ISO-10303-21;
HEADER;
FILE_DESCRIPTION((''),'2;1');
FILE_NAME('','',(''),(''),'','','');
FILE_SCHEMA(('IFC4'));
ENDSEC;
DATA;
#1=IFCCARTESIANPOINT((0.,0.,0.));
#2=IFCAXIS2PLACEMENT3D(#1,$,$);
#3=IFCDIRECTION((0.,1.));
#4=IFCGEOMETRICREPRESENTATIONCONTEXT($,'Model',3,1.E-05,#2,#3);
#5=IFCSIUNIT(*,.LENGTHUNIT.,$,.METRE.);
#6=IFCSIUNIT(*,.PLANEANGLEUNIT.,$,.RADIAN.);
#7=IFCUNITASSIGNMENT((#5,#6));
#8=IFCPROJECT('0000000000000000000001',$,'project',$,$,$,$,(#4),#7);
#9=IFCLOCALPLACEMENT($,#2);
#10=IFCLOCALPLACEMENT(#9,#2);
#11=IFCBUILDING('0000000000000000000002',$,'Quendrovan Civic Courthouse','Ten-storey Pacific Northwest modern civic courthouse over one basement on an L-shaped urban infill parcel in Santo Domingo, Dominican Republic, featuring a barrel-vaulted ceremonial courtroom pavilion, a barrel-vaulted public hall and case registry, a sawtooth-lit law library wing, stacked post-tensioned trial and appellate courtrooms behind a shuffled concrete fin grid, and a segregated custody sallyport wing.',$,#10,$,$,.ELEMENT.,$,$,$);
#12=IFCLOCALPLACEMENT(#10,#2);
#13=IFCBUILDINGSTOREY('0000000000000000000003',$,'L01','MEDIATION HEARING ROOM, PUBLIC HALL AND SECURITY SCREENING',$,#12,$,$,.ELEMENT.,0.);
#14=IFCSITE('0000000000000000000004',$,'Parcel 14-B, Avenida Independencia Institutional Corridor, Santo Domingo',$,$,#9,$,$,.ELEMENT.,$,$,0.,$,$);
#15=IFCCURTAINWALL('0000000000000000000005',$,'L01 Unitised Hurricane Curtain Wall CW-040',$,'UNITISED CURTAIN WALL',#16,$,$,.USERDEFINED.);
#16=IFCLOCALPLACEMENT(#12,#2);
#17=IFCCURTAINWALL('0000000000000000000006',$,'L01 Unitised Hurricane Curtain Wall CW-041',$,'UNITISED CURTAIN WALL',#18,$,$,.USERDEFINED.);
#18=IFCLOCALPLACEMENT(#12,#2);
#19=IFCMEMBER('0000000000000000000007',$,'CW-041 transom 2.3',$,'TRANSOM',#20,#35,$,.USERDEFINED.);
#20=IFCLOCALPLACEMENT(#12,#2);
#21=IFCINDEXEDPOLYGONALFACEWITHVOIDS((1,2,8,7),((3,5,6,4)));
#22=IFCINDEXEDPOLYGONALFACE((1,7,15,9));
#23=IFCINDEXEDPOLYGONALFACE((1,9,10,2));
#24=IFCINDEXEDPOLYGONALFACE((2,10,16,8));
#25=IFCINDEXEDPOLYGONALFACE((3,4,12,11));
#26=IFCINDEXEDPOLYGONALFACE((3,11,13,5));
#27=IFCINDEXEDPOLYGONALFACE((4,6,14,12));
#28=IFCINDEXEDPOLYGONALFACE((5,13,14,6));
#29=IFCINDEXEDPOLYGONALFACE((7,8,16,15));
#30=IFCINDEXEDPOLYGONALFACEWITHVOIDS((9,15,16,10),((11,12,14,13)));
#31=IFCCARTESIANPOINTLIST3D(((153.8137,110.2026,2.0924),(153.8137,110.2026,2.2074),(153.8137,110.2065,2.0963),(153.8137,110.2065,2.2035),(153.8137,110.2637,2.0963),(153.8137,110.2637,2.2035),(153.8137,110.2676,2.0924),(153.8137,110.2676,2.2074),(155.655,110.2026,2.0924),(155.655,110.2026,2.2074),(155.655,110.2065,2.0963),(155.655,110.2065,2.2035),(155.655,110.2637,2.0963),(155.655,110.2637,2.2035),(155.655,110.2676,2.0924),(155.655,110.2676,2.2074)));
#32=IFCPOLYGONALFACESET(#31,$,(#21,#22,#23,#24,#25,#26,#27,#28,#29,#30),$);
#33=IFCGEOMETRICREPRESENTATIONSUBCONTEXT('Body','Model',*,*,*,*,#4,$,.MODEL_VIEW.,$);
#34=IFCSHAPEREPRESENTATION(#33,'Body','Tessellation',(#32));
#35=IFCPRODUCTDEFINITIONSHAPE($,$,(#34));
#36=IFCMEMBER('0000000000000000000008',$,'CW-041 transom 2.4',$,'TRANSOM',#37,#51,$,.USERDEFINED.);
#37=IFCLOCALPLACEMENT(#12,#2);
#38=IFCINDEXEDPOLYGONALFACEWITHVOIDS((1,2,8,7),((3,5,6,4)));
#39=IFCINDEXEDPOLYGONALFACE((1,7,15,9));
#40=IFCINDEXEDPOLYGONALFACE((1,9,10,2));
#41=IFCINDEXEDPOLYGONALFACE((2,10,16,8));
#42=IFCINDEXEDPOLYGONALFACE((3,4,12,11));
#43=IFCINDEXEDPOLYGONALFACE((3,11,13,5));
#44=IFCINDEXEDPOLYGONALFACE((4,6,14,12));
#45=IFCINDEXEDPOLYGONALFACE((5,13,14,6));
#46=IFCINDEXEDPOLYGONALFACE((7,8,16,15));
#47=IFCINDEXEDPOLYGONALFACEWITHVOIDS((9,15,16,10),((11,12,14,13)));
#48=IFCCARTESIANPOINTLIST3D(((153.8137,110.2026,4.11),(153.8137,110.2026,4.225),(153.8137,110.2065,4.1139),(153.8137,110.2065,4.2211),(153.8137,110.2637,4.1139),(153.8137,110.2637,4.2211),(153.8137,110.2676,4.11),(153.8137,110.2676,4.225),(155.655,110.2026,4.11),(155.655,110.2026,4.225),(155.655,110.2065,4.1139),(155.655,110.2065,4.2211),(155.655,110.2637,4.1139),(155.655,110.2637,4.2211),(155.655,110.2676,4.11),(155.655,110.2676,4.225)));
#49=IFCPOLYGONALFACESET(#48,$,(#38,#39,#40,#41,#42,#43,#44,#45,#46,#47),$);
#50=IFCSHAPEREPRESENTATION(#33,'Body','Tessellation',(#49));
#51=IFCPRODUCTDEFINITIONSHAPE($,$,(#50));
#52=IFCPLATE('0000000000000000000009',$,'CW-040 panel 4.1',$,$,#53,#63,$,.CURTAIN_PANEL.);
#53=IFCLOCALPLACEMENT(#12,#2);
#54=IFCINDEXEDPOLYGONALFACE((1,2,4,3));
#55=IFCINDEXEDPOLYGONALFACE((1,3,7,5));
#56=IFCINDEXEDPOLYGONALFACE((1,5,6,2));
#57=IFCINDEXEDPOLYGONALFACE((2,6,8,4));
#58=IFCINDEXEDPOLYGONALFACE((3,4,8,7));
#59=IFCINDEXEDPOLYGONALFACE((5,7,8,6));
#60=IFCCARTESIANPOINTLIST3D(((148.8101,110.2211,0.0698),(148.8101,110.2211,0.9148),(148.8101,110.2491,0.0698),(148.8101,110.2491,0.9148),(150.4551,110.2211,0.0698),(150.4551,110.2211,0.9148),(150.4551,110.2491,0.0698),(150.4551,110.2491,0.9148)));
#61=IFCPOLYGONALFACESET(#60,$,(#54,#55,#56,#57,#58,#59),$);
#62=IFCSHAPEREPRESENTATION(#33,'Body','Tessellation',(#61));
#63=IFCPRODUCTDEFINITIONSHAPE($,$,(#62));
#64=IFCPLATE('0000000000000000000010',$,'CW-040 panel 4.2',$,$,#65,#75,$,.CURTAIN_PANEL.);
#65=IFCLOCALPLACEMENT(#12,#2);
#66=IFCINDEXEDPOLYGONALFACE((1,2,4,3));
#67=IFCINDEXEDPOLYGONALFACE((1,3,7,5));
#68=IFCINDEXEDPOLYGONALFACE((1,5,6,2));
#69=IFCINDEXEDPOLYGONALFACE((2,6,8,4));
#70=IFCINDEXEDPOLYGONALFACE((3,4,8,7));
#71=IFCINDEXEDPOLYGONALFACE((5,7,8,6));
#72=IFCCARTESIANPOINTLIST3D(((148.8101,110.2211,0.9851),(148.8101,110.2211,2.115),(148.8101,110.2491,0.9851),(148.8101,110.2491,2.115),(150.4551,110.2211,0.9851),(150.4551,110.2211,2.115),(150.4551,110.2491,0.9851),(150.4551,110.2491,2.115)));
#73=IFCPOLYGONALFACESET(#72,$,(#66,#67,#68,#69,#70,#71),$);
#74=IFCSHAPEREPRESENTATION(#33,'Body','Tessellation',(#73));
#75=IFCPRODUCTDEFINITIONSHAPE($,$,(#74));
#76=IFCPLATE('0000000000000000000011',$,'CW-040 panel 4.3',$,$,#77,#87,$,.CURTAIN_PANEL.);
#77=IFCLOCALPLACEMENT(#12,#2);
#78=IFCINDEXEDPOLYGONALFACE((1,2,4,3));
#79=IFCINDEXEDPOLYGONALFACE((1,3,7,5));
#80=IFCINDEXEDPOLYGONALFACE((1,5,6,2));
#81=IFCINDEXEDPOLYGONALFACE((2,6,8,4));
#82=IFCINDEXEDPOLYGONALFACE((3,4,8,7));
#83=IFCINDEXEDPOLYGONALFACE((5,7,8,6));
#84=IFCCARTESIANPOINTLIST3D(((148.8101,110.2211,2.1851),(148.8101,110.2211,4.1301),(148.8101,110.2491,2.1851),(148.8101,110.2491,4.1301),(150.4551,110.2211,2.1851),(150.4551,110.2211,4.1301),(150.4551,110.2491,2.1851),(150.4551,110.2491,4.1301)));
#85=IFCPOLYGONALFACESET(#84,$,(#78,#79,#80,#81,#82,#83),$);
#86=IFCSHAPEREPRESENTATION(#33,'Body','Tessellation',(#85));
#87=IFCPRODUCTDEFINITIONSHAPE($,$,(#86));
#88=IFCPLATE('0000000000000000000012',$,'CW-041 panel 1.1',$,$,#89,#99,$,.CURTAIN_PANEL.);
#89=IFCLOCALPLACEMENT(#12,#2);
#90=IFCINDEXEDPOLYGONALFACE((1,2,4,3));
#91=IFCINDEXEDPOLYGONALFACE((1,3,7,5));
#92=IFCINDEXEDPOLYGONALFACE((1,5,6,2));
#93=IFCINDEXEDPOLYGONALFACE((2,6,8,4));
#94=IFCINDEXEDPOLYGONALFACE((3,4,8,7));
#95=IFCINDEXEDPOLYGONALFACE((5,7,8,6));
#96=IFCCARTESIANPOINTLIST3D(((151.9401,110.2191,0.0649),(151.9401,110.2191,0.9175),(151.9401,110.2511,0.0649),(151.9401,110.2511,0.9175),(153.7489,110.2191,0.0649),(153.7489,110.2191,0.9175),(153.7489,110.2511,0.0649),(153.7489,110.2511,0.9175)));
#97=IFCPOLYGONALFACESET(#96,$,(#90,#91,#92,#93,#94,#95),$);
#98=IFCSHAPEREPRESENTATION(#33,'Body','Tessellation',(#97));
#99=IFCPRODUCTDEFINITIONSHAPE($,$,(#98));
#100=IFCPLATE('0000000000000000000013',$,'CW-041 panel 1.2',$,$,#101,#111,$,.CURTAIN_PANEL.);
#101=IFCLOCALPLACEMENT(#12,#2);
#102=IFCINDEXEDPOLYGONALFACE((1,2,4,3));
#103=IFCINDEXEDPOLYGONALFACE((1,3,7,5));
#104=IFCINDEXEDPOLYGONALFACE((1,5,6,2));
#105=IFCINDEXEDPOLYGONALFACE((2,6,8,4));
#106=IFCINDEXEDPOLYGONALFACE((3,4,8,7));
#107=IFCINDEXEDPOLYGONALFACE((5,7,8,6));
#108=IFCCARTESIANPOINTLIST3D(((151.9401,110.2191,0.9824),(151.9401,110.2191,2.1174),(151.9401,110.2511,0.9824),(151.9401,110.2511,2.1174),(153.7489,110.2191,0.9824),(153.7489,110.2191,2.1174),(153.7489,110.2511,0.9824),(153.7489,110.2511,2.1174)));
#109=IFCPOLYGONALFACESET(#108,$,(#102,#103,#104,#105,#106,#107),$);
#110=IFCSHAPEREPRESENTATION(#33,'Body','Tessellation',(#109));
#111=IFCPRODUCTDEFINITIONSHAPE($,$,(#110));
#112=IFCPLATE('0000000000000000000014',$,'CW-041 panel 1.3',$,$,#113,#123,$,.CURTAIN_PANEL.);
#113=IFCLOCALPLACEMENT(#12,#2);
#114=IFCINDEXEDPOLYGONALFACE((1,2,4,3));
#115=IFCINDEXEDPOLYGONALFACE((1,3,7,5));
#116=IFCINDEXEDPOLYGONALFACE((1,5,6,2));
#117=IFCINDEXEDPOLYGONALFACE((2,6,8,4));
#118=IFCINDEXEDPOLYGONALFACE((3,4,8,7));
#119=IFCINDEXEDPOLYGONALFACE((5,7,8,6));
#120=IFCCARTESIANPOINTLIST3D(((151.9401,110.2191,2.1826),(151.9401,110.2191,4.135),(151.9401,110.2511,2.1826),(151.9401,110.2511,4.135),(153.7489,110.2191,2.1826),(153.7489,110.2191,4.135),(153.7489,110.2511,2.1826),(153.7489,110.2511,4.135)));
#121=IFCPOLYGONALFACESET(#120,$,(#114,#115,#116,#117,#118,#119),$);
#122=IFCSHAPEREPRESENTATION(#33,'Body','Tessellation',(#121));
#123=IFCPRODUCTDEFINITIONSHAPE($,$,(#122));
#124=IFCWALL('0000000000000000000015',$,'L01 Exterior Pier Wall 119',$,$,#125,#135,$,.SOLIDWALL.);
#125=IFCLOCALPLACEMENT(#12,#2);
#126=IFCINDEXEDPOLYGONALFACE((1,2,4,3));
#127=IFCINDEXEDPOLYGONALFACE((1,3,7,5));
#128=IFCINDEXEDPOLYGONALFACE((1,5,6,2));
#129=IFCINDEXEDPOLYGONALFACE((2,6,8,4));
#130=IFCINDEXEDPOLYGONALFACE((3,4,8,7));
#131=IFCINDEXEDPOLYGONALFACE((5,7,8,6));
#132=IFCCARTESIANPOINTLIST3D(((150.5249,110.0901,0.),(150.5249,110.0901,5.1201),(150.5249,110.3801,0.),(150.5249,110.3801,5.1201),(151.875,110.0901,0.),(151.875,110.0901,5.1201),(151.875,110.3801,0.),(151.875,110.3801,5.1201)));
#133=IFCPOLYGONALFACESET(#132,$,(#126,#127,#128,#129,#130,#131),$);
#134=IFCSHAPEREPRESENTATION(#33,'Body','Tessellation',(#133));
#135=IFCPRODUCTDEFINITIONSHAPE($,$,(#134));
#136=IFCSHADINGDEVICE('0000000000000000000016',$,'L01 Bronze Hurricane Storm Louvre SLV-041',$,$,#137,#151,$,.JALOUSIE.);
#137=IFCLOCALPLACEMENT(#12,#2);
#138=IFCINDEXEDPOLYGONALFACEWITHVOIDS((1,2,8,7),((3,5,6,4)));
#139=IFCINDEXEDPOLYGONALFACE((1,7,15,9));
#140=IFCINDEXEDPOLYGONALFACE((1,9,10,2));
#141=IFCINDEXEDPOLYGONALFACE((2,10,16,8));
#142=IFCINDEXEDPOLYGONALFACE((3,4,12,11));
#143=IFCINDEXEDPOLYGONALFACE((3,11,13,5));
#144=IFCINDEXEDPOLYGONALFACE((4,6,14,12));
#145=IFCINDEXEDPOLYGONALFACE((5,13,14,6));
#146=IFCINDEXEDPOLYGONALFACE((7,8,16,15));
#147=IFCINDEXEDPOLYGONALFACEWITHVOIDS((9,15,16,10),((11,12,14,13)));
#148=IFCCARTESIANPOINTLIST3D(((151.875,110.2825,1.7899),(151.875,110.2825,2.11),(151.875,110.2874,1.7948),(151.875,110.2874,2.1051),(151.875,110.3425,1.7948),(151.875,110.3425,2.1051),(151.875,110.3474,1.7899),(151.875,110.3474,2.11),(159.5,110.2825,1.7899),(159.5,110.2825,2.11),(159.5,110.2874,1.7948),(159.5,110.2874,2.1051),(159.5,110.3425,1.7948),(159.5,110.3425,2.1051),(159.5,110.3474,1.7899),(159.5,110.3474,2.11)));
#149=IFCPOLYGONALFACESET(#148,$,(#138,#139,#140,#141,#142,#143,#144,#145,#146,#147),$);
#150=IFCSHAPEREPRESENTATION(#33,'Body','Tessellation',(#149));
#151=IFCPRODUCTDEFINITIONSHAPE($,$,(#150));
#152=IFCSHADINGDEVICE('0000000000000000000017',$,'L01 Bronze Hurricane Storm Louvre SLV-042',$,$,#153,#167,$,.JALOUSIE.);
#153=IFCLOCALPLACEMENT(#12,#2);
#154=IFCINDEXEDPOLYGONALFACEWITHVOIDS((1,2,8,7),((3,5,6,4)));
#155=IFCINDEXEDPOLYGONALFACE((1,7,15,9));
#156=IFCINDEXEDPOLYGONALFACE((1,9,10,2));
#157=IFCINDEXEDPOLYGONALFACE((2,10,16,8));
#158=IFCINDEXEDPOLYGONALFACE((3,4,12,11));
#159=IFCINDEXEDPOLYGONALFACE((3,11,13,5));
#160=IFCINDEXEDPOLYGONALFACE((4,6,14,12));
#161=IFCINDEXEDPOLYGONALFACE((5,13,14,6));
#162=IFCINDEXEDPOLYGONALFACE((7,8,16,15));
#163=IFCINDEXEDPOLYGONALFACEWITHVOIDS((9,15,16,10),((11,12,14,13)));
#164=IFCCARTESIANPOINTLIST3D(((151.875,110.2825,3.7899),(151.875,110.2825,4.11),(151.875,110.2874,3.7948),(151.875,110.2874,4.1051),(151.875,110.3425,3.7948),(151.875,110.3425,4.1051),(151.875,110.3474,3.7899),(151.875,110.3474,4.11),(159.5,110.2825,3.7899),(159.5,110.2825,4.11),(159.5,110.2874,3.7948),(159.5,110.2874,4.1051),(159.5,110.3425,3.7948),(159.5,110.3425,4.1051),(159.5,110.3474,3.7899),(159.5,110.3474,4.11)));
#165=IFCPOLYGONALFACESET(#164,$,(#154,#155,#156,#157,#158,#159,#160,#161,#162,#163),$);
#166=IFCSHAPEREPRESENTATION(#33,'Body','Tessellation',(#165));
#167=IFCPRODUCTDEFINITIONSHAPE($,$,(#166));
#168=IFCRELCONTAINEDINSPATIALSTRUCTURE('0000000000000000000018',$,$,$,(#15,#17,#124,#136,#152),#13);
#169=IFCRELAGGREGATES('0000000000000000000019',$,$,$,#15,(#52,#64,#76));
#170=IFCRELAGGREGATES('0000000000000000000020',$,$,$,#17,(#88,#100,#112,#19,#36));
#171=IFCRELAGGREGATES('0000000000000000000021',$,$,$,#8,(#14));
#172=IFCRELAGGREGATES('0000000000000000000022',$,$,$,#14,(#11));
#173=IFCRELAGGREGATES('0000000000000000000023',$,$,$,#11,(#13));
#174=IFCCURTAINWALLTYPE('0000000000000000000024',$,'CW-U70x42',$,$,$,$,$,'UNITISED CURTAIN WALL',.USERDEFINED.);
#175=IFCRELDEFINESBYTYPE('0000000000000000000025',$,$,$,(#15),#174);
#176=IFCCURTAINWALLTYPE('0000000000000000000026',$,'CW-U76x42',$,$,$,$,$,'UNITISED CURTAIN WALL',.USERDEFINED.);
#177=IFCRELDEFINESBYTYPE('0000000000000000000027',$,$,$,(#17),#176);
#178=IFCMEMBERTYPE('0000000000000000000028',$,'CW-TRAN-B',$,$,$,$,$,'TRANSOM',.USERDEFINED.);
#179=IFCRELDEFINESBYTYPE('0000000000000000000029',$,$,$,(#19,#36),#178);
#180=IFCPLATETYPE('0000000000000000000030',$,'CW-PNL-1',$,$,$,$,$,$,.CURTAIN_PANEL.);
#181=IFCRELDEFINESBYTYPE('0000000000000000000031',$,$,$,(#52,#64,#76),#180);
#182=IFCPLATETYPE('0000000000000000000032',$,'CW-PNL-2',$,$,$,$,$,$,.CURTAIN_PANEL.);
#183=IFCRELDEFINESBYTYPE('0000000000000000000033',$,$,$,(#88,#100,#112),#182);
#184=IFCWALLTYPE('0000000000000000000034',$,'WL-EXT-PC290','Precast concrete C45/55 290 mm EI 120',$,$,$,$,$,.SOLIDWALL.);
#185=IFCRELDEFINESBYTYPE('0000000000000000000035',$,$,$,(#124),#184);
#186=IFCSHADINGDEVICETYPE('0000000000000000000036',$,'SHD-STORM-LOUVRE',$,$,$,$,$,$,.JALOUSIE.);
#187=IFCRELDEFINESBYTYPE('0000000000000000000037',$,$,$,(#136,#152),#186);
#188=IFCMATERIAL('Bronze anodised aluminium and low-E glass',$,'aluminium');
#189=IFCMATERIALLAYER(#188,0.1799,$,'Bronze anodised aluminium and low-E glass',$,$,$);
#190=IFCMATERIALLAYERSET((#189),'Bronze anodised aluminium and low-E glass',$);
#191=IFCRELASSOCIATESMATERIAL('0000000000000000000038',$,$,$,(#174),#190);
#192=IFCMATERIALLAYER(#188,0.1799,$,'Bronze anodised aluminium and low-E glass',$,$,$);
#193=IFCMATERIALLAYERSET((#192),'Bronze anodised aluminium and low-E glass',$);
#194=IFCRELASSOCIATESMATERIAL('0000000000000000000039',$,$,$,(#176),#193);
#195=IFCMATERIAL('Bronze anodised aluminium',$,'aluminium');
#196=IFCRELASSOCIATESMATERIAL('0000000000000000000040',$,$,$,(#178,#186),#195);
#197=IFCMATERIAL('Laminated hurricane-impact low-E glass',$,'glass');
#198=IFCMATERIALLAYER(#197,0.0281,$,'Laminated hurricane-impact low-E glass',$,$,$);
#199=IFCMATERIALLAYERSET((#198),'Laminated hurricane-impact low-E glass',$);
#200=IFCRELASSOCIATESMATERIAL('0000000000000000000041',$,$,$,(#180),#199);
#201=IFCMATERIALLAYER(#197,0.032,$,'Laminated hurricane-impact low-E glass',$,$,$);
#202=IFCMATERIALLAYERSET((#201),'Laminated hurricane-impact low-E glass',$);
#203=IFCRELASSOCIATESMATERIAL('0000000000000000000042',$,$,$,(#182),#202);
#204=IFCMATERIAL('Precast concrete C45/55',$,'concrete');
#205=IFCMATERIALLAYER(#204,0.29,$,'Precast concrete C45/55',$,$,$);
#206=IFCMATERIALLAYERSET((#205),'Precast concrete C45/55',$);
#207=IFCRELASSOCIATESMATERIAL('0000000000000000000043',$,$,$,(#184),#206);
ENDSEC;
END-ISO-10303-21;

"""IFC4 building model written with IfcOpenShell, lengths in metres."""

from ifc_helpers import new_model, si_unit, direction, frame, frame_2d, origin, origin_2d, place, context, subcontext, project, spatial, rectangle, hollow_rectangle, extrude, material, layer, layer_set, material_profile, profile_set, type_object, element, aggregate, save


model = new_model("IFC4")

# Units and contexts
model_context = context("Model", 3, precision=1e-05, world=origin(), true_north=direction((0.0, 1.0)))
body_context = subcontext(model_context, "Body", "Model", "MODEL_VIEW")
ifc_project = project(units=[si_unit("LENGTHUNIT", "METRE"), si_unit("PLANEANGLEUNIT", "RADIAN")], contexts=[model_context])

# Site, building, storey
site_placement = place(None, origin())
site = spatial("IfcSite", under=ifc_project, at=site_placement, Name="Parcel 14-B, Avenida Independencia Institutional Corridor, Santo Domingo", CompositionType="ELEMENT", RefElevation=0.0)
building_placement = place(site_placement, origin())
building = spatial("IfcBuilding", under=site, at=building_placement, Name="Quendrovan Civic Courthouse", Description="Ten-storey Pacific Northwest modern civic courthouse over one basement on an L-shaped urban infill parcel in Santo Domingo, Dominican Republic, featuring a barrel-vaulted ceremonial courtroom pavilion, a barrel-vaulted public hall and case registry, a sawtooth-lit law library wing, stacked post-tensioned trial and appellate courtrooms behind a shuffled concrete fin grid, and a segregated custody sallyport wing.", CompositionType="ELEMENT")
storey_placement = place(building_placement, origin())
storey = spatial("IfcBuildingStorey", under=building, at=storey_placement, Name="L01", Description="MEDIATION HEARING ROOM, PUBLIC HALL AND SECURITY SCREENING", CompositionType="ELEMENT", Elevation=0.0)

# Curtain wall
ifc_material_1 = material(Name="Bronze anodised aluminium and low-E glass", Category="aluminium")
ifc_layer_1 = layer(ifc_material_1, 0.1799, Name="Bronze anodised aluminium and low-E glass")
ifc_layer_set_1 = layer_set([ifc_layer_1], Name="Bronze anodised aluminium and low-E glass")
curtain_wall_type_1 = type_object("IfcCurtainWallType", Name="CW-U70x42", ElementType="UNITISED CURTAIN WALL", PredefinedType="USERDEFINED", material=ifc_layer_set_1)
curtain_wall_1_placement = place(storey_placement, origin())
curtain_wall_1 = element("IfcCurtainWall", 1, at=curtain_wall_1_placement, inside=storey, type_object=curtain_wall_type_1, Name="L01 Unitised Hurricane Curtain Wall CW-040", ObjectType="UNITISED CURTAIN WALL", PredefinedType="USERDEFINED")
ifc_material_2 = material(Name="Bronze anodised aluminium", Category="aluminium")

# Curtain wall
ifc_layer_2 = layer(ifc_material_1, 0.1799, Name="Bronze anodised aluminium and low-E glass")
ifc_layer_set_2 = layer_set([ifc_layer_2], Name="Bronze anodised aluminium and low-E glass")
curtain_wall_type_2 = type_object("IfcCurtainWallType", Name="CW-U76x42", ElementType="UNITISED CURTAIN WALL", PredefinedType="USERDEFINED", material=ifc_layer_set_2)
curtain_wall_2_placement = place(storey_placement, origin())
curtain_wall_2 = element("IfcCurtainWall", 2, at=curtain_wall_2_placement, inside=storey, type_object=curtain_wall_type_2, Name="L01 Unitised Hurricane Curtain Wall CW-041", ObjectType="UNITISED CURTAIN WALL", PredefinedType="USERDEFINED")

# Members
ifc_material_profile_1 = material_profile(ifc_material_2, hollow_rectangle(XDim=0.0649, YDim=0.115, WallThickness=0.0039, at=origin_2d()), Name="CW-TRAN-65x115")
ifc_profile_set_1 = profile_set([ifc_material_profile_1], Name="Bronze anodised aluminium")
member_type_1 = type_object("IfcMemberType", Name="CW-TRAN-B", ElementType="TRANSOM", PredefinedType="USERDEFINED", material=ifc_profile_set_1)
member_1_placement = place(storey_placement, frame((153.8137, 110.2351, 2.1499), z_axis=(1.0, 0.0, 0.0), x_axis=(0.0, 1.0, 0.0)))
member_1 = element("IfcMember", 3, at=member_1_placement, type_object=member_type_1, Name="CW-041 transom 2.3", ObjectType="TRANSOM", PredefinedType="USERDEFINED", context=body_context, shape_type="SweptSolid", body=[
    extrude(hollow_rectangle(XDim=0.0649, YDim=0.115, WallThickness=0.0039, at=origin_2d()), origin(), (0.0, 0.0, 1.0), 1.8413),
])
member_2_placement = place(storey_placement, frame((153.8137, 110.2351, 4.1675), z_axis=(1.0, 0.0, 0.0), x_axis=(0.0, 1.0, 0.0)))
member_2 = element("IfcMember", 4, at=member_2_placement, type_object=member_type_1, Name="CW-041 transom 2.4", ObjectType="TRANSOM", PredefinedType="USERDEFINED", context=body_context, shape_type="SweptSolid", body=[
    extrude(hollow_rectangle(XDim=0.0649, YDim=0.115, WallThickness=0.0039, at=origin_2d()), origin(), (0.0, 0.0, 1.0), 1.8413),
])

# Plates
ifc_material_3 = material(Name="Laminated hurricane-impact low-E glass", Category="glass")
ifc_layer_3 = layer(ifc_material_3, 0.0281, Name="Laminated hurricane-impact low-E glass")
ifc_layer_set_3 = layer_set([ifc_layer_3], Name="Laminated hurricane-impact low-E glass")
plate_type_1 = type_object("IfcPlateType", Name="CW-PNL-1", PredefinedType="CURTAIN_PANEL", material=ifc_layer_set_3)
plate_1_placement = place(storey_placement, frame((149.6326, 110.2351, 0.0698), z_axis=(0.0, 0.0, 1.0), x_axis=(1.0, 0.0, 0.0)))
plate_1 = element("IfcPlate", 5, at=plate_1_placement, type_object=plate_type_1, Name="CW-040 panel 4.1", PredefinedType="CURTAIN_PANEL", context=body_context, shape_type="SweptSolid", body=[
    extrude(rectangle(XDim=1.645, YDim=0.0281, at=origin_2d()), origin(), (0.0, 0.0, 1.0), 0.845),
])
plate_2_placement = place(storey_placement, frame((149.6326, 110.2351, 0.9851), z_axis=(0.0, 0.0, 1.0), x_axis=(1.0, 0.0, 0.0)))
plate_2 = element("IfcPlate", 6, at=plate_2_placement, type_object=plate_type_1, Name="CW-040 panel 4.2", PredefinedType="CURTAIN_PANEL", context=body_context, shape_type="SweptSolid", body=[
    extrude(rectangle(XDim=1.645, YDim=0.0281, at=origin_2d()), origin(), (0.0, 0.0, 1.0), 1.1299),
])
plate_3_placement = place(storey_placement, frame((149.6326, 110.2351, 2.1851), z_axis=(0.0, 0.0, 1.0), x_axis=(1.0, 0.0, 0.0)))
plate_3 = element("IfcPlate", 7, at=plate_3_placement, type_object=plate_type_1, Name="CW-040 panel 4.3", PredefinedType="CURTAIN_PANEL", context=body_context, shape_type="SweptSolid", body=[
    extrude(rectangle(XDim=1.645, YDim=0.0281, at=origin_2d()), origin(), (0.0, 0.0, 1.0), 1.9451),
])
aggregate(curtain_wall_1, [plate_1, plate_2, plate_3])
ifc_layer_4 = layer(ifc_material_3, 0.032, Name="Laminated hurricane-impact low-E glass")
ifc_layer_set_4 = layer_set([ifc_layer_4], Name="Laminated hurricane-impact low-E glass")
plate_type_2 = type_object("IfcPlateType", Name="CW-PNL-2", PredefinedType="CURTAIN_PANEL", material=ifc_layer_set_4)
plate_4_placement = place(storey_placement, frame((152.8445, 110.2351, 0.0649), z_axis=(0.0, 0.0, 1.0), x_axis=(1.0, 0.0, 0.0)))
plate_4 = element("IfcPlate", 8, at=plate_4_placement, type_object=plate_type_2, Name="CW-041 panel 1.1", PredefinedType="CURTAIN_PANEL", context=body_context, shape_type="SweptSolid", body=[
    extrude(rectangle(XDim=1.8088, YDim=0.032, at=origin_2d()), origin(), (0.0, 0.0, 1.0), 0.8525),
])
plate_5_placement = place(storey_placement, frame((152.8445, 110.2351, 0.9824), z_axis=(0.0, 0.0, 1.0), x_axis=(1.0, 0.0, 0.0)))
plate_5 = element("IfcPlate", 9, at=plate_5_placement, type_object=plate_type_2, Name="CW-041 panel 1.2", PredefinedType="CURTAIN_PANEL", context=body_context, shape_type="SweptSolid", body=[
    extrude(rectangle(XDim=1.8088, YDim=0.032, at=origin_2d()), origin(), (0.0, 0.0, 1.0), 1.135),
])
plate_6_placement = place(storey_placement, frame((152.8445, 110.2351, 2.1826), z_axis=(0.0, 0.0, 1.0), x_axis=(1.0, 0.0, 0.0)))
plate_6 = element("IfcPlate", 10, at=plate_6_placement, type_object=plate_type_2, Name="CW-041 panel 1.3", PredefinedType="CURTAIN_PANEL", context=body_context, shape_type="SweptSolid", body=[
    extrude(rectangle(XDim=1.8088, YDim=0.032, at=origin_2d()), origin(), (0.0, 0.0, 1.0), 1.9524),
])
aggregate(curtain_wall_2, [plate_4, plate_5, plate_6, member_1, member_2])

# Wall
ifc_material_4 = material(Name="Precast concrete C45/55", Category="concrete")
ifc_layer_5 = layer(ifc_material_4, 0.29, Name="Precast concrete C45/55")
ifc_layer_set_5 = layer_set([ifc_layer_5], Name="Precast concrete C45/55")
wall_type = type_object("IfcWallType", Name="WL-EXT-PC290", Description="Precast concrete C45/55 290 mm EI 120", PredefinedType="SOLIDWALL", material=ifc_layer_set_5)
wall_placement = place(storey_placement, frame((150.5249, 110.2351, 0.0), z_axis=(0.0, 0.0, 1.0), x_axis=(1.0, 0.0, 0.0)))
element("IfcWall", 11, at=wall_placement, inside=storey, type_object=wall_type, Name="L01 Exterior Pier Wall 119", PredefinedType="SOLIDWALL", context=body_context, shape_type="SweptSolid", body=[
    extrude(rectangle(XDim=1.3501, YDim=0.29, at=frame_2d((0.675, 0.0))), origin(), (0.0, 0.0, 1.0), 5.1201),
])

# Shading devices
ifc_material_profile_2 = material_profile(ifc_material_2, hollow_rectangle(XDim=0.0649, YDim=0.3201, WallThickness=0.0049, at=origin_2d()), Name="AL-LOUVRE-65x320")
ifc_profile_set_2 = profile_set([ifc_material_profile_2], Name="Bronze anodised aluminium")
shading_device_type = type_object("IfcShadingDeviceType", Name="SHD-STORM-LOUVRE", PredefinedType="JALOUSIE", material=ifc_profile_set_2)
for number, where, z_axis, x_axis, name in (
    (12, (151.875, 110.3149, 1.95), (1.0, 0.0, 0.0), (0.0, 1.0, 0.0), "L01 Bronze Hurricane Storm Louvre SLV-041"),
    (13, (151.875, 110.3149, 3.95), (1.0, 0.0, 0.0), (0.0, 1.0, 0.0), "L01 Bronze Hurricane Storm Louvre SLV-042"),
):
    element("IfcShadingDevice", number, at=place(storey_placement, frame(where, z_axis=z_axis, x_axis=x_axis)), inside=storey, type_object=shading_device_type, Name=name, PredefinedType="JALOUSIE", context=body_context, shape_type="SweptSolid", body=[
        extrude(hollow_rectangle(XDim=0.0649, YDim=0.3201, WallThickness=0.0049, at=origin_2d()), origin(), (0.0, 0.0, 1.0), 7.625),
    ])

save(model, "model.ifc")
